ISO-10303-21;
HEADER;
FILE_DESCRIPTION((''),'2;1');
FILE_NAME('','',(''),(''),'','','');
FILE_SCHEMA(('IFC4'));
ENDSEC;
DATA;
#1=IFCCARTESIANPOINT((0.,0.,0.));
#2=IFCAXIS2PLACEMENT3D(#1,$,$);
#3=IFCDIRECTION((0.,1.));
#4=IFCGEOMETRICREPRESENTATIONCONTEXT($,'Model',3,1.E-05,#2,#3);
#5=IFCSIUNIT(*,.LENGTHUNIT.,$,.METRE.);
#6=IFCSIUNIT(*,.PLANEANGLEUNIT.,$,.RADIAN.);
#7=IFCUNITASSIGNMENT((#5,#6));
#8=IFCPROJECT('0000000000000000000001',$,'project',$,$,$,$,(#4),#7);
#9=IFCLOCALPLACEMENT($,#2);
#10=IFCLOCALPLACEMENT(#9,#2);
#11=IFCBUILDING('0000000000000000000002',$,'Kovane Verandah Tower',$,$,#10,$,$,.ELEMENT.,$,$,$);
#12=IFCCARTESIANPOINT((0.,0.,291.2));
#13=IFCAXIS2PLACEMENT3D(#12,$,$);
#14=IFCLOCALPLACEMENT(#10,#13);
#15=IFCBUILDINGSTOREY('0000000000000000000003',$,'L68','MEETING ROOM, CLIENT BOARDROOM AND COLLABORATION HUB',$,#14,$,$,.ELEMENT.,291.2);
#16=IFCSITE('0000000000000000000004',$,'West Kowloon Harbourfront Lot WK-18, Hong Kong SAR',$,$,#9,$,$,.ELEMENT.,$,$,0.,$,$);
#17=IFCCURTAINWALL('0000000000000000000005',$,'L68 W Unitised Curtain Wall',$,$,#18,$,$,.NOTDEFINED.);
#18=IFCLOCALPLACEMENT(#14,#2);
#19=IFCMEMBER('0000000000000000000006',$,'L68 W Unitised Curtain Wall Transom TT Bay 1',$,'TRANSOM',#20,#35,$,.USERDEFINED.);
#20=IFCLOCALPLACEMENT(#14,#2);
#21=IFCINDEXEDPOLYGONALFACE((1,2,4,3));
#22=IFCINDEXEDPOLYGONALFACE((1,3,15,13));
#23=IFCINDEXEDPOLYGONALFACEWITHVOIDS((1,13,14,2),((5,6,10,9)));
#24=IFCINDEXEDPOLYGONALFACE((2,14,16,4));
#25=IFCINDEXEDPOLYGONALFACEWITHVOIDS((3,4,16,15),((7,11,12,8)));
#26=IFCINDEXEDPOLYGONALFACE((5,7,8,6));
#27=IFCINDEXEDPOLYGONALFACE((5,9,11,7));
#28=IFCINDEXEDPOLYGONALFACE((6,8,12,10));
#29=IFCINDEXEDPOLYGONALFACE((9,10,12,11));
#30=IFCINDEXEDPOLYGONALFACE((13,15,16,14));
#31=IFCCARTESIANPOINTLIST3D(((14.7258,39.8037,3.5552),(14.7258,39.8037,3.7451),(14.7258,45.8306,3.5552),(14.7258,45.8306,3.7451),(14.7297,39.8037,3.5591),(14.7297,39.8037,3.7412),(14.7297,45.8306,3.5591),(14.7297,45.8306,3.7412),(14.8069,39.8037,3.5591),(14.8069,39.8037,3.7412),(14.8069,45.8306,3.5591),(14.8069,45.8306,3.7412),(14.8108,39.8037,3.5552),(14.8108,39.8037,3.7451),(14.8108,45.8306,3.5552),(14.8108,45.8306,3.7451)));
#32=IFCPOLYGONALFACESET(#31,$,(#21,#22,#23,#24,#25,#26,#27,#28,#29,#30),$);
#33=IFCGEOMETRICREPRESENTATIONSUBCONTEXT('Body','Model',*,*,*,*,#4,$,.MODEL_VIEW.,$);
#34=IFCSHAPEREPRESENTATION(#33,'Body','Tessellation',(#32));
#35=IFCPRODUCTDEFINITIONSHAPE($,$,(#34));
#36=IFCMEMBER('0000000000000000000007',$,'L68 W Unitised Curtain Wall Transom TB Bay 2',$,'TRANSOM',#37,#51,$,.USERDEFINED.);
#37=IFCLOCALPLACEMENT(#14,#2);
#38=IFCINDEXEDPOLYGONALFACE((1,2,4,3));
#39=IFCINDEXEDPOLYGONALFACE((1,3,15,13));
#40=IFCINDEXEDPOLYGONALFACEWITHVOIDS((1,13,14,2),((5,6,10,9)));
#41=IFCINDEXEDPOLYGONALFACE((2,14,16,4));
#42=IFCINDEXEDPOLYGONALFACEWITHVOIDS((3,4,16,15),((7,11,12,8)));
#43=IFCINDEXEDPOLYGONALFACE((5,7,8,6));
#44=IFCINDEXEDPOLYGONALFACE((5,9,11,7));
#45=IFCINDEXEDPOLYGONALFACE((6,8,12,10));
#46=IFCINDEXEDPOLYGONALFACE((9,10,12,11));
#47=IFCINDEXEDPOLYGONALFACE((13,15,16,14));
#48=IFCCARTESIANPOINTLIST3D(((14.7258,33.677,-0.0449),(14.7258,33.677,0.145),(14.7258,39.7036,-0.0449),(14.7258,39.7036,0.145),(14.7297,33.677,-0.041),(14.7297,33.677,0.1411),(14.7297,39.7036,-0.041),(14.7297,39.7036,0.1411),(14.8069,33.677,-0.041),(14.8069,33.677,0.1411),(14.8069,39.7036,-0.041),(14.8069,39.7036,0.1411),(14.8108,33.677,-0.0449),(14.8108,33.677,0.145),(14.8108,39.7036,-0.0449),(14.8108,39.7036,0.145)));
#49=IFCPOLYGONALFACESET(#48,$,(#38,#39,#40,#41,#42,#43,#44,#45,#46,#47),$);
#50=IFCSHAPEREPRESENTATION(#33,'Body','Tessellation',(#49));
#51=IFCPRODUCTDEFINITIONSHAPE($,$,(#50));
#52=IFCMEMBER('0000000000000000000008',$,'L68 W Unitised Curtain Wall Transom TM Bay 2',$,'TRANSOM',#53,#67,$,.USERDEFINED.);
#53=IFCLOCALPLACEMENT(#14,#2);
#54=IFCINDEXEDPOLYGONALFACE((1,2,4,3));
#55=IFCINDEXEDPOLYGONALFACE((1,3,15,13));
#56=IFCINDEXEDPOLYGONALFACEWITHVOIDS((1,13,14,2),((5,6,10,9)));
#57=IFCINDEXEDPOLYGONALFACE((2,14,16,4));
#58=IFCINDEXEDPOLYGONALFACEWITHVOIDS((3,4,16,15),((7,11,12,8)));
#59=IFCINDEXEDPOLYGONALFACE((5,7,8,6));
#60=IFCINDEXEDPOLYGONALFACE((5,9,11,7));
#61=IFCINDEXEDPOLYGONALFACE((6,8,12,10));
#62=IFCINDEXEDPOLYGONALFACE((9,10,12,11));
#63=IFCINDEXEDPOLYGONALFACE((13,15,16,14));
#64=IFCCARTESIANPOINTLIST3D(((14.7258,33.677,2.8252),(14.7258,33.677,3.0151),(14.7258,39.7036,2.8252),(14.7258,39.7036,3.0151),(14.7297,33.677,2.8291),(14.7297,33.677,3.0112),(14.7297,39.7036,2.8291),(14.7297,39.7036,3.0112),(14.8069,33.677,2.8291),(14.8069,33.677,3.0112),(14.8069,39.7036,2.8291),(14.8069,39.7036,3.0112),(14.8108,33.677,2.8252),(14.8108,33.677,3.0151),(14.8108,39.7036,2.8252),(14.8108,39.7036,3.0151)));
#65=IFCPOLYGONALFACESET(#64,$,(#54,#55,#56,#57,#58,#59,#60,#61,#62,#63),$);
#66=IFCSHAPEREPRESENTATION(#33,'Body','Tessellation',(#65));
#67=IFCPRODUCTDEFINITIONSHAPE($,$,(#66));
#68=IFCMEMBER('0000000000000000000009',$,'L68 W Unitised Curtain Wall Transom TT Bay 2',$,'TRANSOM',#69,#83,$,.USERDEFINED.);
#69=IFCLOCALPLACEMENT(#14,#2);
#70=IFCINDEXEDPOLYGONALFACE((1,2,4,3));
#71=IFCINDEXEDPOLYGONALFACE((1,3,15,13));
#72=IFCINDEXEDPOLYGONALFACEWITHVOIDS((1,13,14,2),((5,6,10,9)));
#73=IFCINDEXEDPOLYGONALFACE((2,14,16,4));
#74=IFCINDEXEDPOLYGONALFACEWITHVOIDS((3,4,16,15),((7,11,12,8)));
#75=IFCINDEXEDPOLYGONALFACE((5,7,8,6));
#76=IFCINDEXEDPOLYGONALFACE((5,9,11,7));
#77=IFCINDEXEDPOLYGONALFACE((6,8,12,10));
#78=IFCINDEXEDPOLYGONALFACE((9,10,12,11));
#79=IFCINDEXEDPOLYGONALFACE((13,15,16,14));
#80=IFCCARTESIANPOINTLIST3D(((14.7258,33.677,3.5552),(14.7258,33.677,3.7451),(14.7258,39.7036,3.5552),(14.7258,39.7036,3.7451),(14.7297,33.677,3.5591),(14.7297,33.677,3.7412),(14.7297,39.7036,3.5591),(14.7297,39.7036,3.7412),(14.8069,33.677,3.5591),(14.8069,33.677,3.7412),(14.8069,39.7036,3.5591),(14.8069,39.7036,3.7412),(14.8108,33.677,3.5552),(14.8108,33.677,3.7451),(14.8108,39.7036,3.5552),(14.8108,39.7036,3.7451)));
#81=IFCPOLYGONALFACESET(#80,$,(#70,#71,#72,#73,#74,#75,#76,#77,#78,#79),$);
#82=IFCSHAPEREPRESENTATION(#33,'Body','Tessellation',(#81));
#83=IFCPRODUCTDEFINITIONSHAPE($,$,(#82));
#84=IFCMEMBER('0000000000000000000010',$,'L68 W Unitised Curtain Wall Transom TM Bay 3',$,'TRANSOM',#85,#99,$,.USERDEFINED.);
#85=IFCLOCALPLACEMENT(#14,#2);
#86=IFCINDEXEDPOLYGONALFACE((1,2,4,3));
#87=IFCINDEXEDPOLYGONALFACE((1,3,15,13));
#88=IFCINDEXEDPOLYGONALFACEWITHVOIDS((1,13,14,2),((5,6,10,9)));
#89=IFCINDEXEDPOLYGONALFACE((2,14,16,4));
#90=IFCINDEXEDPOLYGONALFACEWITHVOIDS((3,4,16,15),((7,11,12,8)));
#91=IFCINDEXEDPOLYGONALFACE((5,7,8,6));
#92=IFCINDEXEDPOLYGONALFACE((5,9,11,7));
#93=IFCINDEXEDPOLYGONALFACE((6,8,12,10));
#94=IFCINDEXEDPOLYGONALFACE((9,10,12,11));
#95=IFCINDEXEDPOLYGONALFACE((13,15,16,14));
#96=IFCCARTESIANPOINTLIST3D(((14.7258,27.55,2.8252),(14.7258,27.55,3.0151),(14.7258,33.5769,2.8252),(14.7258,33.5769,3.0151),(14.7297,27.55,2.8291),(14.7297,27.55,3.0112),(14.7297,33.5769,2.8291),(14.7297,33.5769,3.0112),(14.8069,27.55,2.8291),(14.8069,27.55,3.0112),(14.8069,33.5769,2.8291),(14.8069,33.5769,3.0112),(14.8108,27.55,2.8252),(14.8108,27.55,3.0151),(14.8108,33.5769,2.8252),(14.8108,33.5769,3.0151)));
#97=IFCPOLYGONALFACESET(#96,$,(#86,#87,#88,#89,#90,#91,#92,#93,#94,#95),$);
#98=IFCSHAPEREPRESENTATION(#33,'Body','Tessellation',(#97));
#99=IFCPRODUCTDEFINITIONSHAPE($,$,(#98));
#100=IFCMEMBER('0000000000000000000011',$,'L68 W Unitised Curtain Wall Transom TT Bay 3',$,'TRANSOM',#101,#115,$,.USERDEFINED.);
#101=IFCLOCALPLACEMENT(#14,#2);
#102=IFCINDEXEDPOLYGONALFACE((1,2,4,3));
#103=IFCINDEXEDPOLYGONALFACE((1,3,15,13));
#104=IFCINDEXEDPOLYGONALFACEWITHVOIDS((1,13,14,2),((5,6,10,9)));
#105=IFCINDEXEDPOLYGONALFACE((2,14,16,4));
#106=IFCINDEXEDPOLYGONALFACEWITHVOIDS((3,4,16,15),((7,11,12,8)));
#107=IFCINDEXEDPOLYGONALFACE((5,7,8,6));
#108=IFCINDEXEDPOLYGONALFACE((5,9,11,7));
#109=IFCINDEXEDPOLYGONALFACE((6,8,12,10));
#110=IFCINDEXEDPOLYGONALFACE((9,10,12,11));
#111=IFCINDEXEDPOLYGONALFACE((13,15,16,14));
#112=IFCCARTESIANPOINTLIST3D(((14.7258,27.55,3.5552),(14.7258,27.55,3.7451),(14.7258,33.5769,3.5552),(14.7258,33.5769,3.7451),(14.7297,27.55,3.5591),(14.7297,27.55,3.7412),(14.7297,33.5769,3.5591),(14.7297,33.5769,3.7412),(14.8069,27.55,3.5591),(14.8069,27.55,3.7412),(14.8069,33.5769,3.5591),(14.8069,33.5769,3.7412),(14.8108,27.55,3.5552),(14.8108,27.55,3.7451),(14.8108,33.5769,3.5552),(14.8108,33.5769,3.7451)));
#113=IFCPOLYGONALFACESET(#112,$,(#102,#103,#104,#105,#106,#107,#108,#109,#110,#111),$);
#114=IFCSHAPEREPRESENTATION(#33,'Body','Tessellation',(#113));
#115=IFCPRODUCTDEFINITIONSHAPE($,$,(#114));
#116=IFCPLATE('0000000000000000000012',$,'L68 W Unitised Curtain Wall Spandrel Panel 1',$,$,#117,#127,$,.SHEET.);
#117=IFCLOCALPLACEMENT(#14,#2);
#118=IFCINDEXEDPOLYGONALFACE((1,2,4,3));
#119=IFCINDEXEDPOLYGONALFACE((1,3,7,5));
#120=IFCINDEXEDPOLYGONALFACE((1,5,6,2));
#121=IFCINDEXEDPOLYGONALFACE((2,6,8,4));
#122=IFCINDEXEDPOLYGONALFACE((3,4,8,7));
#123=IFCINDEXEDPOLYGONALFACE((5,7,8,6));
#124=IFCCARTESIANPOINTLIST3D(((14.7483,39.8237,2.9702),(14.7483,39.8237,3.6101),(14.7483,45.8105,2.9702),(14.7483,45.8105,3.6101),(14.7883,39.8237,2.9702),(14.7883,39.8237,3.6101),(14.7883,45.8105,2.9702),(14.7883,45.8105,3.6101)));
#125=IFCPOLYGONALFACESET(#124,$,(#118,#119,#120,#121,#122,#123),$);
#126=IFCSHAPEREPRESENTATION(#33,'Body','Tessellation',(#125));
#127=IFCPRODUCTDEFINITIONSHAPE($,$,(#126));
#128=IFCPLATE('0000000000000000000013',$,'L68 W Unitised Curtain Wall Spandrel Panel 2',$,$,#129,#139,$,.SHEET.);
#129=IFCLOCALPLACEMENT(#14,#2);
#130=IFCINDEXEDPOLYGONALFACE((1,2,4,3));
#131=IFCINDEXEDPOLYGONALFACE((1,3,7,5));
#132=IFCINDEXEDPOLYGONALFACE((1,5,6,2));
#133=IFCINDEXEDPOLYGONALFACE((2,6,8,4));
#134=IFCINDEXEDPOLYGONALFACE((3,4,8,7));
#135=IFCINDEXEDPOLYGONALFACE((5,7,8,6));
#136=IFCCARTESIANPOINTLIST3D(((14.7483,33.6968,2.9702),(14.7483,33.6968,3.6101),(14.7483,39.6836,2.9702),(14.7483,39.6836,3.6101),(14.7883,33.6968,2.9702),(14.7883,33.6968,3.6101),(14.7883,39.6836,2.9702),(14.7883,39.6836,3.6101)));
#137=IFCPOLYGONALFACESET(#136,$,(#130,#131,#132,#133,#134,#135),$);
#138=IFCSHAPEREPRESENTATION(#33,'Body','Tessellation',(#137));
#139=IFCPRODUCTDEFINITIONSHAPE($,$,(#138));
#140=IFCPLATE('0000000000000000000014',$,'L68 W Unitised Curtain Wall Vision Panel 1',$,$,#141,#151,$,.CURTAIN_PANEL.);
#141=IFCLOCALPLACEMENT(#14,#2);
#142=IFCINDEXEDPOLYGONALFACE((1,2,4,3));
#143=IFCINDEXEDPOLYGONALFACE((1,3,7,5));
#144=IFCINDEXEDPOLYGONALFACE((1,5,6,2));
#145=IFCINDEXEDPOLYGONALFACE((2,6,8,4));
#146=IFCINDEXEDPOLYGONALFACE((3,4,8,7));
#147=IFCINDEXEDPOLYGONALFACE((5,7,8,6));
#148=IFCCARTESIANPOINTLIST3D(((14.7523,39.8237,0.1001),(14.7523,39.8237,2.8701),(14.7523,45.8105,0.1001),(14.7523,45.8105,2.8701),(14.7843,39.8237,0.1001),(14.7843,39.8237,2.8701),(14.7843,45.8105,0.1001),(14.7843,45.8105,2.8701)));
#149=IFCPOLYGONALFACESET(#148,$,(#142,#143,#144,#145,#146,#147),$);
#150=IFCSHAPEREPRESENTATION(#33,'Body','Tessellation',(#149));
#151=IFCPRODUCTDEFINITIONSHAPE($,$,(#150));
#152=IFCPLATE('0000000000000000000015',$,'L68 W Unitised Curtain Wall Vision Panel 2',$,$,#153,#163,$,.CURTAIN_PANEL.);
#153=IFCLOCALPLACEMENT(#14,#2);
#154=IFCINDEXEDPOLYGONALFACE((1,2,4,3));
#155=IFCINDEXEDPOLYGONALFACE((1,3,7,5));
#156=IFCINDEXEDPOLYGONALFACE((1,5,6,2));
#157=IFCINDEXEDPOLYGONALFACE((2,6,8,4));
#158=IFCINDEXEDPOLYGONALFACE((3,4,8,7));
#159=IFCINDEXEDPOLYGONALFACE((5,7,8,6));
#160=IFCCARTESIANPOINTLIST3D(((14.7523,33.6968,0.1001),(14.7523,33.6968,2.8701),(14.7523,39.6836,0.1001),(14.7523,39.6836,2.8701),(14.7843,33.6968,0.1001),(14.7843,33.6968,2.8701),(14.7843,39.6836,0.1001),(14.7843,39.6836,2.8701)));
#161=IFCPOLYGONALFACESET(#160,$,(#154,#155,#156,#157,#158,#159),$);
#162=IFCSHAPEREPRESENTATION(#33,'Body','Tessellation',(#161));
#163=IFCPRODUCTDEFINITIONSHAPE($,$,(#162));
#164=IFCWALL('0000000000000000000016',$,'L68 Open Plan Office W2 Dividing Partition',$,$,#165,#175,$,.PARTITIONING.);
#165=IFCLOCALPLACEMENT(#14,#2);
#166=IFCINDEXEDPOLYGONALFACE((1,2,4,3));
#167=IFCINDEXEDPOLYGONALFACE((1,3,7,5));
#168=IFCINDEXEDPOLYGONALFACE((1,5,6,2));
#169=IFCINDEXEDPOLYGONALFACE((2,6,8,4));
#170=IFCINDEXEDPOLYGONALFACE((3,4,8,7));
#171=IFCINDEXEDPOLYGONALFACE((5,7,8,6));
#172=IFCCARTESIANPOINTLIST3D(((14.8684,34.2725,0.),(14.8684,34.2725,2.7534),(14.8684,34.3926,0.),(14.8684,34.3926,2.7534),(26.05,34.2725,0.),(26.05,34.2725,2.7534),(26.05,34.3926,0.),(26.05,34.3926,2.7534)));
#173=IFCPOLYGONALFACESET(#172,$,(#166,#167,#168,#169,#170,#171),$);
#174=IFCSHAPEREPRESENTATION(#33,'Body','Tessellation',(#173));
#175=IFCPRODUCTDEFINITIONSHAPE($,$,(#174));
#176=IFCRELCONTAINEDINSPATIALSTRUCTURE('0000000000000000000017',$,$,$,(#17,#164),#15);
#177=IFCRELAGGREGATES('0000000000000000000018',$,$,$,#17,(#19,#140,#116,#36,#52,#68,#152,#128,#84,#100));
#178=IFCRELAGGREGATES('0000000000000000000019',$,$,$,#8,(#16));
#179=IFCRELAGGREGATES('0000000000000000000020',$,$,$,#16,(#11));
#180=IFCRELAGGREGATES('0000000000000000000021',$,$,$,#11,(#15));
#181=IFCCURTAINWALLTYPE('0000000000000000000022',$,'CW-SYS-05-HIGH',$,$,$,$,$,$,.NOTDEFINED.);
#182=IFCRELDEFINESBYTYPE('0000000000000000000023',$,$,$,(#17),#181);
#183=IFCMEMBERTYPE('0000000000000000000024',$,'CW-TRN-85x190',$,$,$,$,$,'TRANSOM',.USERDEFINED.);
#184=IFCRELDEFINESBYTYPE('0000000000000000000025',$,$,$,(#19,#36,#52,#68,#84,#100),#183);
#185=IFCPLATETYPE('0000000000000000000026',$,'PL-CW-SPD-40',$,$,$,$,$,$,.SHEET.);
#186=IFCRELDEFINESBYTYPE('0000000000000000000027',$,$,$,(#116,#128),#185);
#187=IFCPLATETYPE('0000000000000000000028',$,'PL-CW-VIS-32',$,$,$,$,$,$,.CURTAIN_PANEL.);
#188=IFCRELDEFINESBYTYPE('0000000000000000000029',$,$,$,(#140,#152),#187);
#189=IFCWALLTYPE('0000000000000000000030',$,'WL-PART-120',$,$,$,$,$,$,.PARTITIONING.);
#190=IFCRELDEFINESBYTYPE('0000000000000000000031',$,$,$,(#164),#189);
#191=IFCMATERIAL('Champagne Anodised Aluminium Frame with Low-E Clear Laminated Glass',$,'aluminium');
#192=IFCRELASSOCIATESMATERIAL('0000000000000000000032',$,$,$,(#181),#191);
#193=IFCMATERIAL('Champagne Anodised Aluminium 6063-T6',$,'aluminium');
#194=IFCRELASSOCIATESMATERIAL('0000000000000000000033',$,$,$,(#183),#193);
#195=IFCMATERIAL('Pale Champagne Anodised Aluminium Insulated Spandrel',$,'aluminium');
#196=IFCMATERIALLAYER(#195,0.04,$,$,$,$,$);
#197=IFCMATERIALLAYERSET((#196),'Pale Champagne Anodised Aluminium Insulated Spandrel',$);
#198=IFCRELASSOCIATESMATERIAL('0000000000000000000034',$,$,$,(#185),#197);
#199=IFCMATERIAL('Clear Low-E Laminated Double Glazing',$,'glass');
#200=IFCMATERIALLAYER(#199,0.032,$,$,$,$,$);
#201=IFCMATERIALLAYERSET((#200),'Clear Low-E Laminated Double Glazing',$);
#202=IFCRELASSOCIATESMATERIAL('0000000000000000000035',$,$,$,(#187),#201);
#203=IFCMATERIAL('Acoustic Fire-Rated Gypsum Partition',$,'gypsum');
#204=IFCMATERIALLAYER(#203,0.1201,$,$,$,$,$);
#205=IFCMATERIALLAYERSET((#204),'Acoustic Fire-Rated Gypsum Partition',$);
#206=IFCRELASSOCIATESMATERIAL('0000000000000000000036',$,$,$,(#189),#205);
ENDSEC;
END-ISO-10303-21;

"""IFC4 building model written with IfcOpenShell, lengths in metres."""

from ifc_helpers import new_model, si_unit, direction, frame, frame_2d, origin, origin_2d, place, context, subcontext, project, spatial, rectangle, hollow_rectangle, extrude, material, layer, layer_set, material_profile, profile_set, type_object, element, aggregate, save


model = new_model("IFC4")

# Units and contexts
model_context = context("Model", 3, precision=1e-05, world=origin(), true_north=direction((0.0, 1.0)))
body_context = subcontext(model_context, "Body", "Model", "MODEL_VIEW")
ifc_project = project(units=[si_unit("LENGTHUNIT", "METRE"), si_unit("PLANEANGLEUNIT", "RADIAN")], contexts=[model_context])

# Site, building, storey
site_placement = place(None, origin())
site = spatial("IfcSite", under=ifc_project, at=site_placement, Name="West Kowloon Harbourfront Lot WK-18, Hong Kong SAR", CompositionType="ELEMENT", RefElevation=0.0)
building_placement = place(site_placement, origin())
building = spatial("IfcBuilding", under=site, at=building_placement, Name="Kovane Verandah Tower", CompositionType="ELEMENT")
storey_placement = place(building_placement, frame((0.0, 0.0, 291.2)))
storey = spatial("IfcBuildingStorey", under=building, at=storey_placement, Name="L68", Description="MEETING ROOM, CLIENT BOARDROOM AND COLLABORATION HUB", CompositionType="ELEMENT", Elevation=291.2)

# Curtain wall, members, plates
ifc_material_1 = material(Name="Champagne Anodised Aluminium Frame with Low-E Clear Laminated Glass", Category="aluminium")
curtain_wall_type = type_object("IfcCurtainWallType", Name="CW-SYS-05-HIGH", PredefinedType="NOTDEFINED", material=ifc_material_1)
curtain_wall_placement = place(storey_placement, origin())
curtain_wall = element("IfcCurtainWall", 1, at=curtain_wall_placement, inside=storey, type_object=curtain_wall_type, Name="L68 W Unitised Curtain Wall", PredefinedType="NOTDEFINED")
ifc_material_2 = material(Name="Champagne Anodised Aluminium 6063-T6", Category="aluminium")
ifc_material_profile_1 = material_profile(ifc_material_2, hollow_rectangle(XDim=0.085, YDim=0.1899, WallThickness=0.0039, at=origin_2d()), Name="AL85x190x4")
ifc_profile_set_1 = profile_set([ifc_material_profile_1], Name="Champagne Anodised Aluminium 6063-T6")
member_type_1 = type_object("IfcMemberType", Name="CW-TRN-85x190", ElementType="TRANSOM", PredefinedType="USERDEFINED", material=ifc_profile_set_1)
member_1_placement = place(storey_placement, frame((14.7683, 45.8306, 3.6501), z_axis=(0.0, -1.0, 0.0), x_axis=(1.0, 0.0, 0.0)))
member_1 = element("IfcMember", 2, at=member_1_placement, type_object=member_type_1, Name="L68 W Unitised Curtain Wall Transom TT Bay 1", ObjectType="TRANSOM", PredefinedType="USERDEFINED", context=body_context, shape_type="SweptSolid", body=[
    extrude(hollow_rectangle(XDim=0.085, YDim=0.1899, WallThickness=0.0039, at=origin_2d()), origin(), (0.0, 0.0, 1.0), 6.0269),
])
member_2_placement = place(storey_placement, frame((14.7683, 39.7036, 0.05), z_axis=(0.0, -1.0, 0.0), x_axis=(1.0, 0.0, 0.0)))
member_2 = element("IfcMember", 3, at=member_2_placement, type_object=member_type_1, Name="L68 W Unitised Curtain Wall Transom TB Bay 2", ObjectType="TRANSOM", PredefinedType="USERDEFINED", context=body_context, shape_type="SweptSolid", body=[
    extrude(hollow_rectangle(XDim=0.085, YDim=0.1899, WallThickness=0.0039, at=origin_2d()), origin(), (0.0, 0.0, 1.0), 6.0266),
])
member_3_placement = place(storey_placement, frame((14.7683, 39.7036, 2.9202), z_axis=(0.0, -1.0, 0.0), x_axis=(1.0, 0.0, 0.0)))
member_3 = element("IfcMember", 4, at=member_3_placement, type_object=member_type_1, Name="L68 W Unitised Curtain Wall Transom TM Bay 2", ObjectType="TRANSOM", PredefinedType="USERDEFINED", context=body_context, shape_type="SweptSolid", body=[
    extrude(hollow_rectangle(XDim=0.085, YDim=0.1899, WallThickness=0.0039, at=origin_2d()), origin(), (0.0, 0.0, 1.0), 6.0266),
])
member_4_placement = place(storey_placement, frame((14.7683, 39.7036, 3.6501), z_axis=(0.0, -1.0, 0.0), x_axis=(1.0, 0.0, 0.0)))
member_4 = element("IfcMember", 5, at=member_4_placement, type_object=member_type_1, Name="L68 W Unitised Curtain Wall Transom TT Bay 2", ObjectType="TRANSOM", PredefinedType="USERDEFINED", context=body_context, shape_type="SweptSolid", body=[
    extrude(hollow_rectangle(XDim=0.085, YDim=0.1899, WallThickness=0.0039, at=origin_2d()), origin(), (0.0, 0.0, 1.0), 6.0266),
])
member_5_placement = place(storey_placement, frame((14.7683, 33.5769, 2.9202), z_axis=(0.0, -1.0, 0.0), x_axis=(1.0, 0.0, 0.0)))
member_5 = element("IfcMember", 6, at=member_5_placement, type_object=member_type_1, Name="L68 W Unitised Curtain Wall Transom TM Bay 3", ObjectType="TRANSOM", PredefinedType="USERDEFINED", context=body_context, shape_type="SweptSolid", body=[
    extrude(hollow_rectangle(XDim=0.085, YDim=0.1899, WallThickness=0.0039, at=origin_2d()), origin(), (0.0, 0.0, 1.0), 6.0269),
])
member_6_placement = place(storey_placement, frame((14.7683, 33.5769, 3.6501), z_axis=(0.0, -1.0, 0.0), x_axis=(1.0, 0.0, 0.0)))
member_6 = element("IfcMember", 7, at=member_6_placement, type_object=member_type_1, Name="L68 W Unitised Curtain Wall Transom TT Bay 3", ObjectType="TRANSOM", PredefinedType="USERDEFINED", context=body_context, shape_type="SweptSolid", body=[
    extrude(hollow_rectangle(XDim=0.085, YDim=0.1899, WallThickness=0.0039, at=origin_2d()), origin(), (0.0, 0.0, 1.0), 6.0269),
])
ifc_material_3 = material(Name="Pale Champagne Anodised Aluminium Insulated Spandrel", Category="aluminium")
ifc_layer_1 = layer(ifc_material_3, 0.04)
ifc_layer_set_1 = layer_set([ifc_layer_1], Name="Pale Champagne Anodised Aluminium Insulated Spandrel")
plate_type_1 = type_object("IfcPlateType", Name="PL-CW-SPD-40", PredefinedType="SHEET", material=ifc_layer_set_1)
plate_1_placement = place(storey_placement, frame((14.7683, 42.8171, 2.9702), z_axis=(0.0, 0.0, 1.0), x_axis=(0.0, -1.0, 0.0)))
plate_1 = element("IfcPlate", 8, at=plate_1_placement, type_object=plate_type_1, Name="L68 W Unitised Curtain Wall Spandrel Panel 1", PredefinedType="SHEET", context=body_context, shape_type="SweptSolid", body=[
    extrude(rectangle(XDim=5.9868, YDim=0.04, at=origin_2d()), origin(), (0.0, 0.0, 1.0), 0.6399),
])
plate_2_placement = place(storey_placement, frame((14.7683, 36.6902, 2.9702), z_axis=(0.0, 0.0, 1.0), x_axis=(0.0, -1.0, 0.0)))
plate_2 = element("IfcPlate", 9, at=plate_2_placement, type_object=plate_type_1, Name="L68 W Unitised Curtain Wall Spandrel Panel 2", PredefinedType="SHEET", context=body_context, shape_type="SweptSolid", body=[
    extrude(rectangle(XDim=5.9868, YDim=0.04, at=origin_2d()), origin(), (0.0, 0.0, 1.0), 0.6399),
])
ifc_material_4 = material(Name="Clear Low-E Laminated Double Glazing", Category="glass")
ifc_layer_2 = layer(ifc_material_4, 0.032)
ifc_layer_set_2 = layer_set([ifc_layer_2], Name="Clear Low-E Laminated Double Glazing")
plate_type_2 = type_object("IfcPlateType", Name="PL-CW-VIS-32", PredefinedType="CURTAIN_PANEL", material=ifc_layer_set_2)
plate_3_placement = place(storey_placement, frame((14.7683, 42.8171, 0.1001), z_axis=(0.0, 0.0, 1.0), x_axis=(0.0, -1.0, 0.0)))
plate_3 = element("IfcPlate", 10, at=plate_3_placement, type_object=plate_type_2, Name="L68 W Unitised Curtain Wall Vision Panel 1", PredefinedType="CURTAIN_PANEL", context=body_context, shape_type="SweptSolid", body=[
    extrude(rectangle(XDim=5.9868, YDim=0.032, at=origin_2d()), origin(), (0.0, 0.0, 1.0), 2.77),
])
plate_4_placement = place(storey_placement, frame((14.7683, 36.6902, 0.1001), z_axis=(0.0, 0.0, 1.0), x_axis=(0.0, -1.0, 0.0)))
plate_4 = element("IfcPlate", 11, at=plate_4_placement, type_object=plate_type_2, Name="L68 W Unitised Curtain Wall Vision Panel 2", PredefinedType="CURTAIN_PANEL", context=body_context, shape_type="SweptSolid", body=[
    extrude(rectangle(XDim=5.9868, YDim=0.032, at=origin_2d()), origin(), (0.0, 0.0, 1.0), 2.77),
])
aggregate(curtain_wall, [member_1, plate_3, plate_1, member_2, member_3, member_4, plate_4, plate_2, member_5, member_6])

# Wall
ifc_material_5 = material(Name="Acoustic Fire-Rated Gypsum Partition", Category="gypsum")
ifc_layer_3 = layer(ifc_material_5, 0.1201)
ifc_layer_set_3 = layer_set([ifc_layer_3], Name="Acoustic Fire-Rated Gypsum Partition")
wall_type_1 = type_object("IfcWallType", Name="WL-PART-120", PredefinedType="PARTITIONING", material=ifc_layer_set_3)
wall_1_placement = place(storey_placement, frame((14.8684, 34.3325, 0.0), z_axis=(0.0, 0.0, 1.0), x_axis=(1.0, 0.0, 0.0)))
element("IfcWall", 12, at=wall_1_placement, inside=storey, type_object=wall_type_1, Name="L68 Open Plan Office W2 Dividing Partition", PredefinedType="PARTITIONING", context=body_context, shape_type="SweptSolid", body=[
    extrude(rectangle(XDim=11.1816, YDim=0.1201, at=frame_2d((5.5908, 0.0))), origin(), (0.0, 0.0, 1.0), 2.7534),
])

save(model, "model.ifc")
